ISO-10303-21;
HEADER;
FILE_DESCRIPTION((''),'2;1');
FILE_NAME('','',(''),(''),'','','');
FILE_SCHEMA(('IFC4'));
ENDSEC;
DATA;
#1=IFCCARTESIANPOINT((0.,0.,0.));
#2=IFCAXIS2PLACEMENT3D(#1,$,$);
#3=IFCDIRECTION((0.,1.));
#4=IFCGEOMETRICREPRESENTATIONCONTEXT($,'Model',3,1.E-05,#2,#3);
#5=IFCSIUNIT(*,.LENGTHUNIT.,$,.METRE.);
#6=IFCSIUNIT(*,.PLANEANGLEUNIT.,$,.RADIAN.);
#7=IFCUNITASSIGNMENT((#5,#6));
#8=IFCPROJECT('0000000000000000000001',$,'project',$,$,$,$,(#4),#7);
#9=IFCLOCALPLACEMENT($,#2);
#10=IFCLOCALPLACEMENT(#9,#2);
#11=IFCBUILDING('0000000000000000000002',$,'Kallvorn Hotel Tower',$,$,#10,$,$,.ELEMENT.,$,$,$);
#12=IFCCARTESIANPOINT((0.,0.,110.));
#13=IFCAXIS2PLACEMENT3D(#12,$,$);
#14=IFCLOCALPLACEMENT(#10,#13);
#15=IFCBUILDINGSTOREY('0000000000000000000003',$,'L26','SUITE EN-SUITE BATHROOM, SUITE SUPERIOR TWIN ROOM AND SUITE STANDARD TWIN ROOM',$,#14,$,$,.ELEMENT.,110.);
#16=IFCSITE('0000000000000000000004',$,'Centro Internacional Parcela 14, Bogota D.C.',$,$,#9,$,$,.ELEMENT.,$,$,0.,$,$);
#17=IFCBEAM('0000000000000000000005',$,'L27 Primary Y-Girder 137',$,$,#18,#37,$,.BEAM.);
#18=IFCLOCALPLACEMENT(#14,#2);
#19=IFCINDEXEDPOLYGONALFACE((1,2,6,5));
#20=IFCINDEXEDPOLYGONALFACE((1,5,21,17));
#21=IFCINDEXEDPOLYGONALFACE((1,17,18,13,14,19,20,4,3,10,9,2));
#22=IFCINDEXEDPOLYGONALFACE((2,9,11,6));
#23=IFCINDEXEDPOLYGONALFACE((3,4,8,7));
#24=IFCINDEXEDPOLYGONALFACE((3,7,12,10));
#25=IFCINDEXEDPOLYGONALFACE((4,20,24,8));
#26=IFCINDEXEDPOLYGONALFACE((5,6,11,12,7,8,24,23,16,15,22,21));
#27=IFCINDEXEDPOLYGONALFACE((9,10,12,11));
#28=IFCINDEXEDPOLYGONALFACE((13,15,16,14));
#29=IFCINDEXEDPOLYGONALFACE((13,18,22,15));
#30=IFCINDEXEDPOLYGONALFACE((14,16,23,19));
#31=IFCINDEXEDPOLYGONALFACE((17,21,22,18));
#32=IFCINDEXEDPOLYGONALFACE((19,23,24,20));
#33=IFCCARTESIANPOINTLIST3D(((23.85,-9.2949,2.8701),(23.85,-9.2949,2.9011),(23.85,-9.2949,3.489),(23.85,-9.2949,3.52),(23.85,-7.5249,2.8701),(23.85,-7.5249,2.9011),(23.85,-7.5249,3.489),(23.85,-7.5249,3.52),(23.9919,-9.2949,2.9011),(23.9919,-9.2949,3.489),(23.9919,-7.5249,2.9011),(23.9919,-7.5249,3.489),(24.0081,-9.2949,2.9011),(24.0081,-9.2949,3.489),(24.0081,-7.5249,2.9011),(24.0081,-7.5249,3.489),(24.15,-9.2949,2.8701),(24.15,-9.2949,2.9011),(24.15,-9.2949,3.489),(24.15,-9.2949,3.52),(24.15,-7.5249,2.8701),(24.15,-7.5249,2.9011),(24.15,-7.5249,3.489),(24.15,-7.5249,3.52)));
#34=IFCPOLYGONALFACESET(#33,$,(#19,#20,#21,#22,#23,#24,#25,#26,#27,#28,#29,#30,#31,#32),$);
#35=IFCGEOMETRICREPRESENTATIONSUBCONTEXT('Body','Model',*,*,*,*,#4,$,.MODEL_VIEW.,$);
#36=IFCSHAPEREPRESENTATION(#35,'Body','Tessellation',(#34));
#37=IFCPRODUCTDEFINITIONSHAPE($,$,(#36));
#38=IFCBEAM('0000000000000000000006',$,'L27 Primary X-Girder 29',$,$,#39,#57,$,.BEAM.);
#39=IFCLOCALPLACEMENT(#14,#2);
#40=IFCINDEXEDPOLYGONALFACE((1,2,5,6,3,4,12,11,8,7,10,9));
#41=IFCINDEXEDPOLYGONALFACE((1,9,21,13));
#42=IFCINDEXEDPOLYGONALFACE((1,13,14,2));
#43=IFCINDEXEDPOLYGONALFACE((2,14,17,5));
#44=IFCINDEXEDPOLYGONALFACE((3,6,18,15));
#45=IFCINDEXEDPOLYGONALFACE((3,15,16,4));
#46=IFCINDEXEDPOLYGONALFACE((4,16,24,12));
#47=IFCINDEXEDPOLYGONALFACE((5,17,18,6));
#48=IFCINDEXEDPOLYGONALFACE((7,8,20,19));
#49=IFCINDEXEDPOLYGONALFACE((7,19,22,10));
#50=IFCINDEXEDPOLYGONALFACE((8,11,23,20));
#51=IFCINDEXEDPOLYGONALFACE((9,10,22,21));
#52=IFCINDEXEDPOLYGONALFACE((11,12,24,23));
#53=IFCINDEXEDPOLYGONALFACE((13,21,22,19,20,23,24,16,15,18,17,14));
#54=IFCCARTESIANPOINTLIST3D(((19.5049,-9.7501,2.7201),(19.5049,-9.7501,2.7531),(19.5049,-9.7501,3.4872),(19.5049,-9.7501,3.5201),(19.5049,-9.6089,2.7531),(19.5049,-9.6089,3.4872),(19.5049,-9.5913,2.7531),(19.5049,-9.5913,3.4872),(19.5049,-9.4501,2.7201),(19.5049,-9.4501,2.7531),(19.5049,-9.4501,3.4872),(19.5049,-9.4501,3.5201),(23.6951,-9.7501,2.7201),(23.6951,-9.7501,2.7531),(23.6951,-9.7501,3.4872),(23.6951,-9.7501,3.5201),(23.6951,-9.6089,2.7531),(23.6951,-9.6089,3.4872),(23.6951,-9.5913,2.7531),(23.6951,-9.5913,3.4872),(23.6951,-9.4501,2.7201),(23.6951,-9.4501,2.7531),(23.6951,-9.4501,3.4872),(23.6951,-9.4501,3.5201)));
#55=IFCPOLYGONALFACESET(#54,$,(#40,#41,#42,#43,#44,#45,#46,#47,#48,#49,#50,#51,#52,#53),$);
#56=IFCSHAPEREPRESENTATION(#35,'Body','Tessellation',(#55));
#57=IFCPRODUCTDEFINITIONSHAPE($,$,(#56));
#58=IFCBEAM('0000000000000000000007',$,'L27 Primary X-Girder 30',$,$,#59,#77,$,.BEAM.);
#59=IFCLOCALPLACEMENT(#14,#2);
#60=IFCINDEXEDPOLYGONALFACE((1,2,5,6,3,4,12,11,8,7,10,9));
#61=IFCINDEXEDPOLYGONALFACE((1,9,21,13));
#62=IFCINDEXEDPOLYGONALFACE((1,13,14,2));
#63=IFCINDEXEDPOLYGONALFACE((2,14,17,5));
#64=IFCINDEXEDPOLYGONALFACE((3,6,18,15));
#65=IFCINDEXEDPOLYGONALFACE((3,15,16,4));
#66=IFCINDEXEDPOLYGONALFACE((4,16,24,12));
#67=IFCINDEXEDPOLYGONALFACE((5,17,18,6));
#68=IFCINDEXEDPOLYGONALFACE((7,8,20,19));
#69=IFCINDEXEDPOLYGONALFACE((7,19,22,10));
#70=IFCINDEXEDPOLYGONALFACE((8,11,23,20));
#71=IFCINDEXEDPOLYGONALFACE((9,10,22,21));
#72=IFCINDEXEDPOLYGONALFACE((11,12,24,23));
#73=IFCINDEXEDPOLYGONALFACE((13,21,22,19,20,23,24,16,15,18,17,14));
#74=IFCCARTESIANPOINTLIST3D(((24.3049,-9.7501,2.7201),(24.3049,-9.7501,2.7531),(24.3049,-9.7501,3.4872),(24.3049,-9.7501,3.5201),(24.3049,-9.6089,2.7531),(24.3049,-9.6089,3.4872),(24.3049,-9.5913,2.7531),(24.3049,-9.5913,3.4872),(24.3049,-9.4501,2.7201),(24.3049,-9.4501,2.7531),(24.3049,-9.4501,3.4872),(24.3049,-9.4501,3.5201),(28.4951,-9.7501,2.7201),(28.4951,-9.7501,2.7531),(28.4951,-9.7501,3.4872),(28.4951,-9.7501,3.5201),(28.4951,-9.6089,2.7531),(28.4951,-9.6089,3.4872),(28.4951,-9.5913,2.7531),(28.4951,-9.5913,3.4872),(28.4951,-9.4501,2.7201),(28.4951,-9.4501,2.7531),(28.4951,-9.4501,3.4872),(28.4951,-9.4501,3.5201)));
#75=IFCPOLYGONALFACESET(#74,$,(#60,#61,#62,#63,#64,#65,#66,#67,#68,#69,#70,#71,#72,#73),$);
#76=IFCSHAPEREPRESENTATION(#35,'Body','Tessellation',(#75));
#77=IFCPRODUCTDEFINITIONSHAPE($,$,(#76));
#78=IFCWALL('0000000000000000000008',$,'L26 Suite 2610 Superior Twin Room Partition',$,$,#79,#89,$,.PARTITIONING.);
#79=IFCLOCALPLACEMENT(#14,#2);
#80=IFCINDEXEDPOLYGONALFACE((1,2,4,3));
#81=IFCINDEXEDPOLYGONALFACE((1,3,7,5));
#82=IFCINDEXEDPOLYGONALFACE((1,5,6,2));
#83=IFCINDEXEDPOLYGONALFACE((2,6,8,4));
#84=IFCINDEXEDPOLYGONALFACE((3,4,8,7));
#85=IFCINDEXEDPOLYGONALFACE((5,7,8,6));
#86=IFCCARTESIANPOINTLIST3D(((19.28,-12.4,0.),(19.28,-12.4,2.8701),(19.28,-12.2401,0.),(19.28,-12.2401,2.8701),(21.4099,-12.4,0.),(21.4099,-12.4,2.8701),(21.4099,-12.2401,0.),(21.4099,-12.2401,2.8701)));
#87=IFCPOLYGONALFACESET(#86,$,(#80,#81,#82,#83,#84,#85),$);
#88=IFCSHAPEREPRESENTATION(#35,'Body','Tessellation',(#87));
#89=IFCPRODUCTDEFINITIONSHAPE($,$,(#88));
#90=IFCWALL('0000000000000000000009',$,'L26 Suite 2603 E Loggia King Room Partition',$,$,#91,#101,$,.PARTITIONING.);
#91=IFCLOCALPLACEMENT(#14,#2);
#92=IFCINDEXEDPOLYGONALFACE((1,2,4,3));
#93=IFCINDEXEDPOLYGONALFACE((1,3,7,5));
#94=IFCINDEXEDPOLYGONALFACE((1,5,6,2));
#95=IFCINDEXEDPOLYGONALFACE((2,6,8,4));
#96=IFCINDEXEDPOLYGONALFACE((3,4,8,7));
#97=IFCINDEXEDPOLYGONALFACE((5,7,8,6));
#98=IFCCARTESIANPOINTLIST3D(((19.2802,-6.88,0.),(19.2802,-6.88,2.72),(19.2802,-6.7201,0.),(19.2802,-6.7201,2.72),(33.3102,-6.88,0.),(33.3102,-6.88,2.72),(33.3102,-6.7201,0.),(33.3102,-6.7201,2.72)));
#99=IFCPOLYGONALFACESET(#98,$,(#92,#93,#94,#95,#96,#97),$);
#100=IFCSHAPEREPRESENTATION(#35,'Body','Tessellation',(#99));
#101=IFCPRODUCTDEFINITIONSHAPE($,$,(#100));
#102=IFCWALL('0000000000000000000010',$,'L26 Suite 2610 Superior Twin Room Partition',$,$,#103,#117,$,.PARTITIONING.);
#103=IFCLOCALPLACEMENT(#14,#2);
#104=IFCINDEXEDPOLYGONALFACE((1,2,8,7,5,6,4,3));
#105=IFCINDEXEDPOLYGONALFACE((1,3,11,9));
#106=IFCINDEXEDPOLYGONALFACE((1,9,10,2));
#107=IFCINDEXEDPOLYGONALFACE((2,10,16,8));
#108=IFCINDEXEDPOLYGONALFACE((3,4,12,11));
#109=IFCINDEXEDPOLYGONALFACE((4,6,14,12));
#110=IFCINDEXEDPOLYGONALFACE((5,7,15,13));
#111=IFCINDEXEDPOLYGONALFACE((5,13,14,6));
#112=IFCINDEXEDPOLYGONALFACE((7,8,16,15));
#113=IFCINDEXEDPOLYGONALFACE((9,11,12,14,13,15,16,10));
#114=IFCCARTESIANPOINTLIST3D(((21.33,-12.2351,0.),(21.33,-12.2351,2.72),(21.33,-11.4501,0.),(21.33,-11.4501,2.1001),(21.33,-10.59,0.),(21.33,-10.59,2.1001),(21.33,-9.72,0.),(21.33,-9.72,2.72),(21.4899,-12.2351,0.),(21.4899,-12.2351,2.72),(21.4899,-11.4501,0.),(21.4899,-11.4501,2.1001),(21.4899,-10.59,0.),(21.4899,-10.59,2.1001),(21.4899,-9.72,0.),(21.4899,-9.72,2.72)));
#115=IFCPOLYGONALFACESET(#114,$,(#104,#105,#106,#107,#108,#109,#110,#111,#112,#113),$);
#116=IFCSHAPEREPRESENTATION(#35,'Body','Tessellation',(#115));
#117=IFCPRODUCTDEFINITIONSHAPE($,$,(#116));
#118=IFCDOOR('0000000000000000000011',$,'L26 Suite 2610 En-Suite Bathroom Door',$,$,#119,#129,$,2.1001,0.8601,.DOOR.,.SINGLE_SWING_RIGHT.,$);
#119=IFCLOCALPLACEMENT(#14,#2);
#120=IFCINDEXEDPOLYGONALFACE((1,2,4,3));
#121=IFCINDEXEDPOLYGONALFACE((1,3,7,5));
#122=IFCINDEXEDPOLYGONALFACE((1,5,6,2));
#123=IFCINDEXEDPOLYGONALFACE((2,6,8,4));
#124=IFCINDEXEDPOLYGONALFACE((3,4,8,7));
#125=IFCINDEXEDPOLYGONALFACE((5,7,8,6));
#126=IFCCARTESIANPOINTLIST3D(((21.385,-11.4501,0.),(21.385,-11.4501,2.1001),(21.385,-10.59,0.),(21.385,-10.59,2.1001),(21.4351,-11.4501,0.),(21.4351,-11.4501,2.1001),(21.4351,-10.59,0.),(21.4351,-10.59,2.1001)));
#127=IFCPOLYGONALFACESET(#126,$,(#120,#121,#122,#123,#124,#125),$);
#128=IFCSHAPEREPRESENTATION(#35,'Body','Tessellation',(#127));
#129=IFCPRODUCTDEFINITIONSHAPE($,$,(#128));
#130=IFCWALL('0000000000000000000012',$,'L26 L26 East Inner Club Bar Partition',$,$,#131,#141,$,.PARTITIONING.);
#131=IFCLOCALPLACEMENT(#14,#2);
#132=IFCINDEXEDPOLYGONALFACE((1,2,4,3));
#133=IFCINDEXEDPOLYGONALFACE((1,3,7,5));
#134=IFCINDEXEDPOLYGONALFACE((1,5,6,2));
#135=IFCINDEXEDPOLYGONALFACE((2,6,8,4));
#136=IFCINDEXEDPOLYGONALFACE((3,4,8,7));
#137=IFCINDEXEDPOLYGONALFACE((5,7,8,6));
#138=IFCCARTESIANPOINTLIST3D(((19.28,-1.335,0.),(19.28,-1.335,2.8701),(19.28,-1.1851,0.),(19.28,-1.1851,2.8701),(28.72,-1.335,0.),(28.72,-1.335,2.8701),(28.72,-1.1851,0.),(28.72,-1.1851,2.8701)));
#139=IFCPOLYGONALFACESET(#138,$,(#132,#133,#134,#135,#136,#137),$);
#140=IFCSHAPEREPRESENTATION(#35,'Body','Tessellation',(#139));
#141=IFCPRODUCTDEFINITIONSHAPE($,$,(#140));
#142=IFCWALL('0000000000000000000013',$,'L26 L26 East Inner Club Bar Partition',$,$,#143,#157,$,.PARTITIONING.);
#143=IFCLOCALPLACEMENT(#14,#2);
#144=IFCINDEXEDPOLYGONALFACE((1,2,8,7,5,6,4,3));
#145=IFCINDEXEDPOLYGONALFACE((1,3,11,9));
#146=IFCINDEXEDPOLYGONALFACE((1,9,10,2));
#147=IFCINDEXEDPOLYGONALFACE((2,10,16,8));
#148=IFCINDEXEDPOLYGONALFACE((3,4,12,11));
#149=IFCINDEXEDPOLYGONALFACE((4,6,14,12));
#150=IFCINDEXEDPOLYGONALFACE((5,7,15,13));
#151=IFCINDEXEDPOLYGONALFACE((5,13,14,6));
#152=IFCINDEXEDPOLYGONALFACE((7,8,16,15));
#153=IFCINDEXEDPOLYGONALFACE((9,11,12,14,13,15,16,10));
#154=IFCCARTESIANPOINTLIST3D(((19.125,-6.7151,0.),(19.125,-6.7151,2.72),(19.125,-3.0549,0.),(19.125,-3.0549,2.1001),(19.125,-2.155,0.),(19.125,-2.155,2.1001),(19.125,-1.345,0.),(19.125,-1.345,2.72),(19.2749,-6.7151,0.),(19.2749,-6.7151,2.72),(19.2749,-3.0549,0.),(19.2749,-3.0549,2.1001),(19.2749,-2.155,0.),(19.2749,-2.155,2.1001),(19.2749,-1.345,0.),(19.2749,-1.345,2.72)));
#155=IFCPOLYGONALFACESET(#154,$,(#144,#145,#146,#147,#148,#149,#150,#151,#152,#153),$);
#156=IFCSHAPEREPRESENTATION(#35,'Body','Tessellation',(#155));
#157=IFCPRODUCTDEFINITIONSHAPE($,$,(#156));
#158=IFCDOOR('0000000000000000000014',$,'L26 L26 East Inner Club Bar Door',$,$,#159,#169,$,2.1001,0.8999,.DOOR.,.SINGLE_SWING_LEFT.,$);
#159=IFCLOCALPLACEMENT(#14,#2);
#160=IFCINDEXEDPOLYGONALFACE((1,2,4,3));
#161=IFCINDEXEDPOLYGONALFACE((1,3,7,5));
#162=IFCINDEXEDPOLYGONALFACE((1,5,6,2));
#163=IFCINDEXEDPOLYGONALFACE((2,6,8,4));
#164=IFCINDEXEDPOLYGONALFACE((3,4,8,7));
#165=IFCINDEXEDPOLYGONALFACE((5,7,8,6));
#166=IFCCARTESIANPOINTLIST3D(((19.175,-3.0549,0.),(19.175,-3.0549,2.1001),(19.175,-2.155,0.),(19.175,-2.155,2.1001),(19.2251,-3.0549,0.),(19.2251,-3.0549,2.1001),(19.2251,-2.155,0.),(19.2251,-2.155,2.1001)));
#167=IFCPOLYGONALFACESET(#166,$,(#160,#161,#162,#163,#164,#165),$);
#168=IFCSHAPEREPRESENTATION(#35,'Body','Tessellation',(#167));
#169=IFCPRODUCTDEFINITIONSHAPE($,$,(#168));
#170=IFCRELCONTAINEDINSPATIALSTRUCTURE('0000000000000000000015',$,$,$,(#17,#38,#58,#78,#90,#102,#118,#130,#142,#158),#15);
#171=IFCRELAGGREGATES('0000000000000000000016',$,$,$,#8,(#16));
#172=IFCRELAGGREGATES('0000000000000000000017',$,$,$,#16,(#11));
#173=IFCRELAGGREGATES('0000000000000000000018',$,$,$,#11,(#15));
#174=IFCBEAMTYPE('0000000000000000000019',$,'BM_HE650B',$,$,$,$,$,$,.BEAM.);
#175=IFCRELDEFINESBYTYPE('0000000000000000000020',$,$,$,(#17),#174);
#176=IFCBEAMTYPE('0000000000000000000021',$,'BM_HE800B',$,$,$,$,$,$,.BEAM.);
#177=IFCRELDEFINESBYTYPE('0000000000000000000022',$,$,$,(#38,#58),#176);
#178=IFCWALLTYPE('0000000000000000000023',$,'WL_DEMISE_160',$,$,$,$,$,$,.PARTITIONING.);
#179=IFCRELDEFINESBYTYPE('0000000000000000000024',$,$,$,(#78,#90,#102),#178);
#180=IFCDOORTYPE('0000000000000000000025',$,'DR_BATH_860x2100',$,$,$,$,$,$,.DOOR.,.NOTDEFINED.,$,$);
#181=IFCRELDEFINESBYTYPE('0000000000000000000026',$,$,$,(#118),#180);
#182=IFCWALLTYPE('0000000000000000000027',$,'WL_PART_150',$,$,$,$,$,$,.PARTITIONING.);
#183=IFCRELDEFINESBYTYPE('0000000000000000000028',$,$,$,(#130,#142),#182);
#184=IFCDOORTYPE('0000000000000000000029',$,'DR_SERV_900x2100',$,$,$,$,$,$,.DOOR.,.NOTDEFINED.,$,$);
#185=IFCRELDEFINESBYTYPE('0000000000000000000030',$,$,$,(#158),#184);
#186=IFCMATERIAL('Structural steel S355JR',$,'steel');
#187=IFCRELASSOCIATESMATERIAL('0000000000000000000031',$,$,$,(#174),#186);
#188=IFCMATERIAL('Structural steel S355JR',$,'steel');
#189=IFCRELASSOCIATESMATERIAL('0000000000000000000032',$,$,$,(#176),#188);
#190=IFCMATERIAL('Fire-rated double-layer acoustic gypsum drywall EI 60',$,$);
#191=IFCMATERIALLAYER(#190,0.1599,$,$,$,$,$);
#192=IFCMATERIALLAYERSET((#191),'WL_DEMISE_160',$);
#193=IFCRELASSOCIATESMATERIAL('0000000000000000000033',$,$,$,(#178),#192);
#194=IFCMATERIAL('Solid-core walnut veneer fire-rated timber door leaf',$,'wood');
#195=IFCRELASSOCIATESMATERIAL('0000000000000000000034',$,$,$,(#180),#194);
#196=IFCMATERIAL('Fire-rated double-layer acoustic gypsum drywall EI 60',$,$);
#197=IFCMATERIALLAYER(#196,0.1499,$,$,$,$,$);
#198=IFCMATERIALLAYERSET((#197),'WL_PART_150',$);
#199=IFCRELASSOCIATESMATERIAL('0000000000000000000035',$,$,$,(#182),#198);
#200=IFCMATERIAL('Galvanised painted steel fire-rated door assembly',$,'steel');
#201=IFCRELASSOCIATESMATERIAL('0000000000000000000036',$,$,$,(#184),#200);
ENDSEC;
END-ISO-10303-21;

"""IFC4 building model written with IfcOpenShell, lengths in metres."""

from ifc_helpers import new_model, si_unit, direction, frame, frame_2d, origin, origin_2d, place, context, subcontext, project, spatial, rectangle, i_section, extrude, material, layer, layer_set, material_profile, profile_set, type_object, element, fill, save


model = new_model("IFC4")

# Units and contexts
model_context = context("Model", 3, precision=1e-05, world=origin(), true_north=direction((0.0, 1.0)))
body_context = subcontext(model_context, "Body", "Model", "MODEL_VIEW")
ifc_project = project(units=[si_unit("LENGTHUNIT", "METRE"), si_unit("PLANEANGLEUNIT", "RADIAN")], contexts=[model_context])

# Site, building, storey
site_placement = place(None, origin())
site = spatial("IfcSite", under=ifc_project, at=site_placement, Name="Centro Internacional Parcela 14, Bogota D.C.", CompositionType="ELEMENT", RefElevation=0.0)
building_placement = place(site_placement, origin())
building = spatial("IfcBuilding", under=site, at=building_placement, Name="Kallvorn Hotel Tower", CompositionType="ELEMENT")
storey_placement = place(building_placement, frame((0.0, 0.0, 110.0)))
storey = spatial("IfcBuildingStorey", under=building, at=storey_placement, Name="L26", Description="SUITE EN-SUITE BATHROOM, SUITE SUPERIOR TWIN ROOM AND SUITE STANDARD TWIN ROOM", CompositionType="ELEMENT", Elevation=110.0)

# Beams
ifc_material_1 = material(Name="Structural steel S355JR", Category="steel")
ifc_material_profile_1 = material_profile(ifc_material_1, i_section(OverallWidth=0.3, OverallDepth=0.6499, WebThickness=0.0161, FlangeThickness=0.031, at=origin_2d()), Name="HE 650 B")
ifc_profile_set_1 = profile_set([ifc_material_profile_1], Name="Structural steel S355JR")
beam_type_1 = type_object("IfcBeamType", Name="BM_HE650B", PredefinedType="BEAM", material=ifc_profile_set_1)
beam_placement = place(storey_placement, frame((24.0, -9.2949, 3.1951), z_axis=(0.0, 1.0, 0.0), x_axis=(-1.0, 0.0, 0.0)))
element("IfcBeam", 1, at=beam_placement, inside=storey, type_object=beam_type_1, Name="L27 Primary Y-Girder 137", PredefinedType="BEAM", context=body_context, shape_type="SweptSolid", body=[
    extrude(i_section(OverallWidth=0.3, OverallDepth=0.6499, WebThickness=0.0161, FlangeThickness=0.031, at=origin_2d()), origin(), (0.0, 0.0, 1.0), 1.77),
])
ifc_material_2 = material(Name="Structural steel S355JR", Category="steel")
ifc_material_profile_2 = material_profile(ifc_material_2, i_section(OverallWidth=0.3, OverallDepth=0.8, WebThickness=0.0176, FlangeThickness=0.033, at=origin_2d()), Name="HE 800 B")
ifc_profile_set_2 = profile_set([ifc_material_profile_2], Name="Structural steel S355JR")
beam_type_2 = type_object("IfcBeamType", Name="BM_HE800B", PredefinedType="BEAM", material=ifc_profile_set_2)
for number, where, z_axis, x_axis, name in (
    (2, (19.5049, -9.6001, 3.1201), (1.0, 0.0, 0.0), (0.0, 1.0, 0.0), "L27 Primary X-Girder 29"),
    (3, (24.3049, -9.6001, 3.1201), (1.0, 0.0, 0.0), (0.0, 1.0, 0.0), "L27 Primary X-Girder 30"),
):
    element("IfcBeam", number, at=place(storey_placement, frame(where, z_axis=z_axis, x_axis=x_axis)), inside=storey, type_object=beam_type_2, Name=name, PredefinedType="BEAM", context=body_context, shape_type="SweptSolid", body=[
        extrude(i_section(OverallWidth=0.3, OverallDepth=0.8, WebThickness=0.0176, FlangeThickness=0.033, at=origin_2d()), origin(), (0.0, 0.0, 1.0), 4.1902),
    ])

# Walls
ifc_material_3 = material(Name="Fire-rated double-layer acoustic gypsum drywall EI 60")
ifc_layer_1 = layer(ifc_material_3, 0.1599)
ifc_layer_set_1 = layer_set([ifc_layer_1], Name="WL_DEMISE_160")
wall_type_1 = type_object("IfcWallType", Name="WL_DEMISE_160", PredefinedType="PARTITIONING", material=ifc_layer_set_1)
wall_1_placement = place(storey_placement, frame((19.28, -12.3201, 0.0), z_axis=(0.0, 0.0, 1.0), x_axis=(1.0, 0.0, 0.0)))
element("IfcWall", 4, at=wall_1_placement, inside=storey, type_object=wall_type_1, Name="L26 Suite 2610 Superior Twin Room Partition", PredefinedType="PARTITIONING", context=body_context, shape_type="SweptSolid", body=[
    extrude(rectangle(XDim=2.1299, YDim=0.1599, at=frame_2d((1.0649, 0.0))), origin(), (0.0, 0.0, 1.0), 2.8701),
])
wall_2_placement = place(storey_placement, frame((19.28, -6.8, 0.0), z_axis=(0.0, 0.0, 1.0), x_axis=(1.0, 0.0, 0.0)))
element("IfcWall", 5, at=wall_2_placement, inside=storey, type_object=wall_type_1, Name="L26 Suite 2603 E Loggia King Room Partition", PredefinedType="PARTITIONING", context=body_context, shape_type="SweptSolid", body=[
    extrude(rectangle(XDim=14.03, YDim=0.1599, at=frame_2d((7.0151, 0.0))), origin(), (0.0, 0.0, 1.0), 2.72),
])

# Wall, opening, door
wall_3_placement = place(storey_placement, frame((21.4099, -12.2351, 0.0), z_axis=(0.0, 0.0, 1.0), x_axis=(0.0, 1.0, 0.0)))
wall_3 = element("IfcWall", 6, at=wall_3_placement, inside=storey, type_object=wall_type_1, Name="L26 Suite 2610 Superior Twin Room Partition", PredefinedType="PARTITIONING", context=body_context, shape_type="SweptSolid", body=[
    extrude(rectangle(XDim=2.5151, YDim=0.1599, at=frame_2d((1.2576, 0.0))), origin(), (0.0, 0.0, 1.0), 2.72),
])
opening_1_placement = place(wall_3_placement, frame((0.7849, 0.0, 0.0)))
opening_1 = element("IfcOpeningElement", 7, at=opening_1_placement, cuts=wall_3, PredefinedType="OPENING", context=body_context, shape_type="SweptSolid", body=[
    extrude(rectangle(XDim=0.8601, YDim=2.1001, at=frame_2d((0.4302, 1.05))), frame((0.0, 0.095, 0.0), z_axis=(0.0, -1.0, 0.0), x_axis=(1.0, 0.0, 0.0)), (0.0, 0.0, 1.0), 0.1899),
])
ifc_material_4 = material(Name="Solid-core walnut veneer fire-rated timber door leaf", Category="wood")
door_type_1 = type_object("IfcDoorType", Name="DR_BATH_860x2100", OperationType="NOTDEFINED", PredefinedType="DOOR", material=ifc_material_4)
door_1_placement = place(opening_1_placement, origin())
door_1 = element("IfcDoor", 8, at=door_1_placement, inside=storey, type_object=door_type_1, Name="L26 Suite 2610 En-Suite Bathroom Door", OperationType="SINGLE_SWING_RIGHT", OverallHeight=2.1001, OverallWidth=0.8601, PredefinedType="DOOR", context=body_context, shape_type="SweptSolid", body=[
    extrude(rectangle(XDim=0.8601, YDim=2.1001, at=frame_2d((0.4302, 1.05))), frame((0.0, 0.0249, 0.0), z_axis=(0.0, -1.0, 0.0), x_axis=(1.0, 0.0, 0.0)), (0.0, 0.0, 1.0), 0.05),
])
fill(opening_1, door_1)

# Wall
ifc_material_5 = material(Name="Fire-rated double-layer acoustic gypsum drywall EI 60")
ifc_layer_2 = layer(ifc_material_5, 0.1499)
ifc_layer_set_2 = layer_set([ifc_layer_2], Name="WL_PART_150")
wall_type_2 = type_object("IfcWallType", Name="WL_PART_150", PredefinedType="PARTITIONING", material=ifc_layer_set_2)
wall_4_placement = place(storey_placement, frame((19.28, -1.26, 0.0), z_axis=(0.0, 0.0, 1.0), x_axis=(1.0, 0.0, 0.0)))
element("IfcWall", 9, at=wall_4_placement, inside=storey, type_object=wall_type_2, Name="L26 L26 East Inner Club Bar Partition", PredefinedType="PARTITIONING", context=body_context, shape_type="SweptSolid", body=[
    extrude(rectangle(XDim=9.4399, YDim=0.1499, at=frame_2d((4.72, 0.0))), origin(), (0.0, 0.0, 1.0), 2.8701),
])

# Wall, opening, door
wall_5_placement = place(storey_placement, frame((19.2, -6.7151, 0.0), z_axis=(0.0, 0.0, 1.0), x_axis=(0.0, 1.0, 0.0)))
wall_5 = element("IfcWall", 10, at=wall_5_placement, inside=storey, type_object=wall_type_2, Name="L26 L26 East Inner Club Bar Partition", PredefinedType="PARTITIONING", context=body_context, shape_type="SweptSolid", body=[
    extrude(rectangle(XDim=5.3701, YDim=0.1499, at=frame_2d((2.6851, 0.0))), origin(), (0.0, 0.0, 1.0), 2.72),
])
opening_2_placement = place(wall_5_placement, frame((3.6602, 0.0, 0.0)))
opening_2 = element("IfcOpeningElement", 11, at=opening_2_placement, cuts=wall_5, PredefinedType="OPENING", context=body_context, shape_type="SweptSolid", body=[
    extrude(rectangle(XDim=0.8999, YDim=2.1001, at=frame_2d((0.45, 1.05))), frame((0.0, 0.0898, 0.0), z_axis=(0.0, -1.0, 0.0), x_axis=(1.0, 0.0, 0.0)), (0.0, 0.0, 1.0), 0.1799),
])
ifc_material_6 = material(Name="Galvanised painted steel fire-rated door assembly", Category="steel")
door_type_2 = type_object("IfcDoorType", Name="DR_SERV_900x2100", OperationType="NOTDEFINED", PredefinedType="DOOR", material=ifc_material_6)
door_2_placement = place(opening_2_placement, origin())
door_2 = element("IfcDoor", 12, at=door_2_placement, inside=storey, type_object=door_type_2, Name="L26 L26 East Inner Club Bar Door", OperationType="SINGLE_SWING_LEFT", OverallHeight=2.1001, OverallWidth=0.8999, PredefinedType="DOOR", context=body_context, shape_type="SweptSolid", body=[
    extrude(rectangle(XDim=0.8999, YDim=2.1001, at=frame_2d((0.45, 1.05))), frame((0.0, 0.0249, 0.0), z_axis=(0.0, -1.0, 0.0), x_axis=(1.0, 0.0, 0.0)), (0.0, 0.0, 1.0), 0.05),
])
fill(opening_2, door_2)

save(model, "model.ifc")
